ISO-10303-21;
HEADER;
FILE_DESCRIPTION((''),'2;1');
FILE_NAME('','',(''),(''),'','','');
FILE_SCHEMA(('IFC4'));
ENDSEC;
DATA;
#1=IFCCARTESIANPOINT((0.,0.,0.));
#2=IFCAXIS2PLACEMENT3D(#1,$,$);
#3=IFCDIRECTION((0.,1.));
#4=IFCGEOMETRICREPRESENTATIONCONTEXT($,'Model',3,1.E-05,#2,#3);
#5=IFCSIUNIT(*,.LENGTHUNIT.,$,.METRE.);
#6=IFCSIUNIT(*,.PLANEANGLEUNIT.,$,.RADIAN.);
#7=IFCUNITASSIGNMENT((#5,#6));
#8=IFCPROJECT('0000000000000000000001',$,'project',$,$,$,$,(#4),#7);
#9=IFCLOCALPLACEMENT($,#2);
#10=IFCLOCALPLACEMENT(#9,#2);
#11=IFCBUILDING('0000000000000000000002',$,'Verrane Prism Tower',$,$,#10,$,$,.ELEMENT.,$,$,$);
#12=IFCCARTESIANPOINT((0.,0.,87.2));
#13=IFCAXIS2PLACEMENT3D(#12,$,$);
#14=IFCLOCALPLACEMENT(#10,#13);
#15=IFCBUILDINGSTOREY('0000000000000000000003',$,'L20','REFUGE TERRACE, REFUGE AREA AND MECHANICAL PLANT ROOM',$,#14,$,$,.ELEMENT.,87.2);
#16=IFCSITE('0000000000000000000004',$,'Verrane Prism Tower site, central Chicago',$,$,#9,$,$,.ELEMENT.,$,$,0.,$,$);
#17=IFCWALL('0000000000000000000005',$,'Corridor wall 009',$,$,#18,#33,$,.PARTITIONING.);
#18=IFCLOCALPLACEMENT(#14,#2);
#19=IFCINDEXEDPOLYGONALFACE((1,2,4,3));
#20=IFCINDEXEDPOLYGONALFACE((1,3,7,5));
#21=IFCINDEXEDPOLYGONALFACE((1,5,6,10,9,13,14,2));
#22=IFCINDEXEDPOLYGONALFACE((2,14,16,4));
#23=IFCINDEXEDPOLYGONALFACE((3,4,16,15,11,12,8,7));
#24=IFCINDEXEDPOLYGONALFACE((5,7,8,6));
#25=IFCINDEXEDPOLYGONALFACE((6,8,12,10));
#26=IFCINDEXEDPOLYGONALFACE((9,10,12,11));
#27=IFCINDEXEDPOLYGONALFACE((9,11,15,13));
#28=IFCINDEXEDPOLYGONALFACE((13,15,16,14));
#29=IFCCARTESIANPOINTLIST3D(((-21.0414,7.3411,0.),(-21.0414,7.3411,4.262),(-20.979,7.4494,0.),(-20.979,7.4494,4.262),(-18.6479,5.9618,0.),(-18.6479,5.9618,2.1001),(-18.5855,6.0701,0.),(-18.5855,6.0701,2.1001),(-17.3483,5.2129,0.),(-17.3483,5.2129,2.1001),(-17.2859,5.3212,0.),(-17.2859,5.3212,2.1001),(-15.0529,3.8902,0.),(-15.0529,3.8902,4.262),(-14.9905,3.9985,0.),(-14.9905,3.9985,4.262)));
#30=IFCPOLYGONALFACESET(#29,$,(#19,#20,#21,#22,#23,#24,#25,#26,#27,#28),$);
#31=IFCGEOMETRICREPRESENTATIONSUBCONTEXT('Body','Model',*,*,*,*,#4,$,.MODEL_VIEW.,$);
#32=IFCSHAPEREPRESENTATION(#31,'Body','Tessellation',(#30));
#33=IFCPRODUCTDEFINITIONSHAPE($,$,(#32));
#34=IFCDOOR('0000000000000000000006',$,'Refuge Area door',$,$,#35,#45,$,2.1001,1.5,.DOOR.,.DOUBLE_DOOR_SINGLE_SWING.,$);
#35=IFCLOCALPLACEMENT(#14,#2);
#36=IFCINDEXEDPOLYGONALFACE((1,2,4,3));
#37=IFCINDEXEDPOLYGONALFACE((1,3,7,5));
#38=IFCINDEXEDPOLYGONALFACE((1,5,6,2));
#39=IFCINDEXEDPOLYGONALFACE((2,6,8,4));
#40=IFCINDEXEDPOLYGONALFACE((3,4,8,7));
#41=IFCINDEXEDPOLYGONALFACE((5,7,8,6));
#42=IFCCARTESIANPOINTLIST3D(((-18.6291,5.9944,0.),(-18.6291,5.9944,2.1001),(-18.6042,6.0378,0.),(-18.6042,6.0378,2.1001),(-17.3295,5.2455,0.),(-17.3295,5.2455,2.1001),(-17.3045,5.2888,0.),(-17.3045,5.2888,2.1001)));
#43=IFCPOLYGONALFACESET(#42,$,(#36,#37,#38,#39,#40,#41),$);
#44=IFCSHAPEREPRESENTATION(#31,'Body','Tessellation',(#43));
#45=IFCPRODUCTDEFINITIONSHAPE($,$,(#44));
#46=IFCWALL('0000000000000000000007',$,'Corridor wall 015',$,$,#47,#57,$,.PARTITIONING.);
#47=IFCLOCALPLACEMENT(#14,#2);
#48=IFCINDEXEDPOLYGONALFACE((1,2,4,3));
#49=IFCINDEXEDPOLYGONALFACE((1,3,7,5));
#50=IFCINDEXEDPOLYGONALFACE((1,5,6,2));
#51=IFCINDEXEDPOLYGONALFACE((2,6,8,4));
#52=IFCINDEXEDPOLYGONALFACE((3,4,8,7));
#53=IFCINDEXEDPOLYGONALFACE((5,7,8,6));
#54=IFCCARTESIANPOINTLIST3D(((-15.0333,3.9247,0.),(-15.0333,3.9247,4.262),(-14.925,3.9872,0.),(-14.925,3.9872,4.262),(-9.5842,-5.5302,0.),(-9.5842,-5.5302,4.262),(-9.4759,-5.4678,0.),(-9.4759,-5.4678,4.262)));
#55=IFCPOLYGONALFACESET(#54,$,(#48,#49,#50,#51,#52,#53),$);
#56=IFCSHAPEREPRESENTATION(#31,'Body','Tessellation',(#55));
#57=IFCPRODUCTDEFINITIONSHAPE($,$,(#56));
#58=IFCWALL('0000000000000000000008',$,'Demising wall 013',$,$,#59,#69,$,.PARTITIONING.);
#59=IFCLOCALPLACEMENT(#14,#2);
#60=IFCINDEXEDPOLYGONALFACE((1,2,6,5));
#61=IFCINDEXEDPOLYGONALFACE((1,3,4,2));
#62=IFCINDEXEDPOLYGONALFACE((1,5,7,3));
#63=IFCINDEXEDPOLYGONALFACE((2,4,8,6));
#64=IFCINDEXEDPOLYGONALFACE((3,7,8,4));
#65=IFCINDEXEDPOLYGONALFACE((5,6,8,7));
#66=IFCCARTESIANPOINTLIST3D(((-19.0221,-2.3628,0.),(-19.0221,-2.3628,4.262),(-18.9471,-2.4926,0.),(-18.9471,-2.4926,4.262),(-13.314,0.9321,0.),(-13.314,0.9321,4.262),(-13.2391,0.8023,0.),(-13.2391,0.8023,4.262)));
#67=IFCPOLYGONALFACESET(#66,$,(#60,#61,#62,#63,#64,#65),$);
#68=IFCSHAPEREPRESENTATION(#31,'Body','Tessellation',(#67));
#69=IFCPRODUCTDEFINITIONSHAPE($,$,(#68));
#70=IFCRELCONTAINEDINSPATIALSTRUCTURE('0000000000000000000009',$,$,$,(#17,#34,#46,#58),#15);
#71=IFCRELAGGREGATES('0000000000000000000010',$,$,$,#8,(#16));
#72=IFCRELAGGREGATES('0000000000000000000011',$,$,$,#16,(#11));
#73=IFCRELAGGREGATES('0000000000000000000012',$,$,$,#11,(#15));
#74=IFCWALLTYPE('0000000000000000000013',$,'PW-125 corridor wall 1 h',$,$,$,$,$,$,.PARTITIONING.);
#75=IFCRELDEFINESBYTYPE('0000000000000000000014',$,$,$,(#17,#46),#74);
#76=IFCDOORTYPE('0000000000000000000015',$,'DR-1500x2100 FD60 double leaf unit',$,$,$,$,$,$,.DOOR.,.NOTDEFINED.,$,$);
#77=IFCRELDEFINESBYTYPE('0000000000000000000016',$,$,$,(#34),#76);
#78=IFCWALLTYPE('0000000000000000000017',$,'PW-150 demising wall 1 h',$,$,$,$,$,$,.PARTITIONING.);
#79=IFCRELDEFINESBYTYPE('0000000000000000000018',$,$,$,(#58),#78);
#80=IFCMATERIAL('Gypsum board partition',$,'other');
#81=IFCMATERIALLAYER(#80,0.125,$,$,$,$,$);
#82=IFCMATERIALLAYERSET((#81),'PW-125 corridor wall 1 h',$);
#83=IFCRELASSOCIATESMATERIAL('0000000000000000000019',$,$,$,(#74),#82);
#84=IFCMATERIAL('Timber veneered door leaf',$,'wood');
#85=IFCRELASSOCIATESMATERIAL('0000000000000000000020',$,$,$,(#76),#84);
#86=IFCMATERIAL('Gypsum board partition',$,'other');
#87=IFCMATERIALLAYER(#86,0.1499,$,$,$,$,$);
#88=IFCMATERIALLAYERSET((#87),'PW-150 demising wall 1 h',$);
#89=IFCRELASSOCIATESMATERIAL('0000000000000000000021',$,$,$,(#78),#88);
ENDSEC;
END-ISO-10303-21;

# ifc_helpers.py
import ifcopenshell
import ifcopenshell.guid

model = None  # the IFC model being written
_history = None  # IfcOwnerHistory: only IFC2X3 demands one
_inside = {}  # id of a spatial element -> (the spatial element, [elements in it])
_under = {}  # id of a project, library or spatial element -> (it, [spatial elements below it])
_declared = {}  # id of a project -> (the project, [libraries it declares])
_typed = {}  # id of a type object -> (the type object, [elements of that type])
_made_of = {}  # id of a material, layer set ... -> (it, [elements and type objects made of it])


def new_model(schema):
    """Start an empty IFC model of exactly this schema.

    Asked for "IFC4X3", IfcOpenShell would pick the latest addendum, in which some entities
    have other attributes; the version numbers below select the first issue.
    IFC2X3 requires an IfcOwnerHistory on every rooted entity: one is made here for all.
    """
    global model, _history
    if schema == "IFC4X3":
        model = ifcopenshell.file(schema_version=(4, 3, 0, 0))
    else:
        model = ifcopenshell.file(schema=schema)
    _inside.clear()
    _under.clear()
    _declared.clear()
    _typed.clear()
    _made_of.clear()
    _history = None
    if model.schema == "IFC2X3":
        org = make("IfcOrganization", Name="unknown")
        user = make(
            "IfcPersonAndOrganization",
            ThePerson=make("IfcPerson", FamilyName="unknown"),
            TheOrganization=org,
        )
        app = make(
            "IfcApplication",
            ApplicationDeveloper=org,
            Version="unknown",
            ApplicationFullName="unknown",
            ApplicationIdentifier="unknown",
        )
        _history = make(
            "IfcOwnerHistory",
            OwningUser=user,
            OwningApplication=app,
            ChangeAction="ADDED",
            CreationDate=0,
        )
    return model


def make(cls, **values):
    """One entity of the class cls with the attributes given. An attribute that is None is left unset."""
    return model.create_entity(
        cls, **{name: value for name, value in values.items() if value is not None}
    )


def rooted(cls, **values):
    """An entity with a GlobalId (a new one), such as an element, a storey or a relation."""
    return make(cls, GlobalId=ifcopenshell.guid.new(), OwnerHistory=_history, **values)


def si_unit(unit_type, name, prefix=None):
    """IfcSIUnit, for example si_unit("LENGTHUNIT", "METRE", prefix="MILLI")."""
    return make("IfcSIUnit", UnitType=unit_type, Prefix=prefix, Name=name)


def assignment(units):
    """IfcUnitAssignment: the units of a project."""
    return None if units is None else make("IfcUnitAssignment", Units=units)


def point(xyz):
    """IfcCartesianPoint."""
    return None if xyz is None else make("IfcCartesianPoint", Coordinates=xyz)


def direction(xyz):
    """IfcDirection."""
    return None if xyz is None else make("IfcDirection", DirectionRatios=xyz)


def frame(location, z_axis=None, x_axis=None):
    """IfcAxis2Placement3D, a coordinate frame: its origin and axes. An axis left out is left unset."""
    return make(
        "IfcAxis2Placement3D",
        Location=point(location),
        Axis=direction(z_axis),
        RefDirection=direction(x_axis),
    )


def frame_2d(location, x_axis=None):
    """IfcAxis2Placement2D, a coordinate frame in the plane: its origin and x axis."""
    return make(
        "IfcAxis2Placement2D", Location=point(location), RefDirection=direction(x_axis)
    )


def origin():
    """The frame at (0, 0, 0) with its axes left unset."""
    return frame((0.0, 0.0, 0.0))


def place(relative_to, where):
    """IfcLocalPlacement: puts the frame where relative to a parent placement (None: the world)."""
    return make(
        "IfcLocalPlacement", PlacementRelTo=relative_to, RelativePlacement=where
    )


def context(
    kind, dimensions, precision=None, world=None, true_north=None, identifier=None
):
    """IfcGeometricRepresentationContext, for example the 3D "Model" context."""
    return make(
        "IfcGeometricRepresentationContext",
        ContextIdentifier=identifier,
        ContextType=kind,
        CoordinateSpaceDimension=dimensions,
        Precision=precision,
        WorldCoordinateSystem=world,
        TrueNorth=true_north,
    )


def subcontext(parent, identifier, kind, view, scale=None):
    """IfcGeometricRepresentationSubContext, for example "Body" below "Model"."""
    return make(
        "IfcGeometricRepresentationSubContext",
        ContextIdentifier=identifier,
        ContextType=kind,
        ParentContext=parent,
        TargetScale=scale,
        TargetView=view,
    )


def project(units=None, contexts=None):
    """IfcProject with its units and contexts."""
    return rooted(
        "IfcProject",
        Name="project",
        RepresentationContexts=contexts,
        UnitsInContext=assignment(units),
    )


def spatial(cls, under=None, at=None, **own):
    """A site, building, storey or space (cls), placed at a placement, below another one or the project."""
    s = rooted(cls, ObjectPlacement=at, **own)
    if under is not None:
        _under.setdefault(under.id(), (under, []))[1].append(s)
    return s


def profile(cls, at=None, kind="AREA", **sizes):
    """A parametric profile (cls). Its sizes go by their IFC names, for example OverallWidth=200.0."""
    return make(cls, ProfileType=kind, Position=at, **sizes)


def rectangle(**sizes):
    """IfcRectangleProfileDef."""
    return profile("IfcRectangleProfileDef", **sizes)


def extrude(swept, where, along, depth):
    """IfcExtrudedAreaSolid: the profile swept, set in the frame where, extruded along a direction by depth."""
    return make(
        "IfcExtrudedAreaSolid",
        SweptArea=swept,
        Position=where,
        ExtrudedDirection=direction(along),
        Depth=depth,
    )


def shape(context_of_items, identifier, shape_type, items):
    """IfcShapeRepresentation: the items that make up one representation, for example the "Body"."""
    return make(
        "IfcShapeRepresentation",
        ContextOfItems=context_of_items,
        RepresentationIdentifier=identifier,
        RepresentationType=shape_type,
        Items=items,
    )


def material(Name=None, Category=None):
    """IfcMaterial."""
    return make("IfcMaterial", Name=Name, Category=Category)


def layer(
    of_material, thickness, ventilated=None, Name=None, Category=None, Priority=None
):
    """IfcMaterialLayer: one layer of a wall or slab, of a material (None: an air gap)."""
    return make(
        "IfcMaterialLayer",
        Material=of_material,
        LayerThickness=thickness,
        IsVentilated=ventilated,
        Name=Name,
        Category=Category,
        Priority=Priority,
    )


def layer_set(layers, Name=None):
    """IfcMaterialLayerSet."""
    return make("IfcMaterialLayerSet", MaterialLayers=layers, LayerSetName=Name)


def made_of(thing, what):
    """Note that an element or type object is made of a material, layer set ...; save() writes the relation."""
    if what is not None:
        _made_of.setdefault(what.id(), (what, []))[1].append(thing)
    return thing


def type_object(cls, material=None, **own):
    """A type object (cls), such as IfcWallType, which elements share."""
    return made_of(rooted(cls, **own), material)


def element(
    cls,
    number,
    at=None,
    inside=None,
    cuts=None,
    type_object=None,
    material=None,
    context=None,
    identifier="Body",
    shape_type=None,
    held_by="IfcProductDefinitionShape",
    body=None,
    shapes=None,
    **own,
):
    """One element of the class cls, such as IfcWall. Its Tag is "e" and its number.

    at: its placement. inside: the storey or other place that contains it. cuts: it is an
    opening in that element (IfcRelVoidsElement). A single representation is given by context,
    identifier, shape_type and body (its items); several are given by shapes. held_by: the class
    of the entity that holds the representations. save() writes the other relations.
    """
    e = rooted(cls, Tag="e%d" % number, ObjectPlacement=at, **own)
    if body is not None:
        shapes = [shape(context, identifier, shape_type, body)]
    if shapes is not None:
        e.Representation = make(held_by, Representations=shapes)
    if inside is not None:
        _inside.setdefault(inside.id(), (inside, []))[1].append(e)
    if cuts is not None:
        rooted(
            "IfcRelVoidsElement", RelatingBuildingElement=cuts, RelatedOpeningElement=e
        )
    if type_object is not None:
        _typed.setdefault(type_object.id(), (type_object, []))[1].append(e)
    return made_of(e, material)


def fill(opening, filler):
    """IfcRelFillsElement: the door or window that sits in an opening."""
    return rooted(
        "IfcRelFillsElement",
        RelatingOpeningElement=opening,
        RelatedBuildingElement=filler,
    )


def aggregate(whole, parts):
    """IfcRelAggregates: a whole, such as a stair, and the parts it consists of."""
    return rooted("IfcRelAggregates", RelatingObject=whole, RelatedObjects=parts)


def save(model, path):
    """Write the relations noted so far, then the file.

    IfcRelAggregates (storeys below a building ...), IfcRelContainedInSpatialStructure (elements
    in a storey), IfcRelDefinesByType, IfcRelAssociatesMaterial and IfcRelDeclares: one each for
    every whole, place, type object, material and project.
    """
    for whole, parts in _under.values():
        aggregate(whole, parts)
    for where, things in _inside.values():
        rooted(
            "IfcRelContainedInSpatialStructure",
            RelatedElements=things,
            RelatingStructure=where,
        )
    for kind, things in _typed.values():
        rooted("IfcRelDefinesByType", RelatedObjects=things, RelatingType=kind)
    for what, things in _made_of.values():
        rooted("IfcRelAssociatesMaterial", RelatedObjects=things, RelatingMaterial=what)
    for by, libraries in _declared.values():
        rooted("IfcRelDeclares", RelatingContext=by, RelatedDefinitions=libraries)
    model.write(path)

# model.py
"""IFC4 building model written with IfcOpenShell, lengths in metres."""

from ifc_helpers import new_model, si_unit, direction, frame, frame_2d, origin, place, context, subcontext, project, spatial, rectangle, extrude, material, layer, layer_set, type_object, element, fill, save


model = new_model("IFC4")

# Units and contexts
model_context = context("Model", 3, precision=1e-05, world=origin(), true_north=direction((0.0, 1.0)))
body_context = subcontext(model_context, "Body", "Model", "MODEL_VIEW")
ifc_project = project(units=[si_unit("LENGTHUNIT", "METRE"), si_unit("PLANEANGLEUNIT", "RADIAN")], contexts=[model_context])

# Site, building, storey
site_placement = place(None, origin())
site = spatial("IfcSite", under=ifc_project, at=site_placement, Name="Verrane Prism Tower site, central Chicago", CompositionType="ELEMENT", RefElevation=0.0)
building_placement = place(site_placement, origin())
building = spatial("IfcBuilding", under=site, at=building_placement, Name="Verrane Prism Tower", CompositionType="ELEMENT")
storey_placement = place(building_placement, frame((0.0, 0.0, 87.2)))
storey = spatial("IfcBuildingStorey", under=building, at=storey_placement, Name="L20", Description="REFUGE TERRACE, REFUGE AREA AND MECHANICAL PLANT ROOM", CompositionType="ELEMENT", Elevation=87.2)

# Wall, opening, door
ifc_material_1 = material(Name="Gypsum board partition", Category="other")
ifc_layer_1 = layer(ifc_material_1, 0.125)
ifc_layer_set_1 = layer_set([ifc_layer_1], Name="PW-125 corridor wall 1 h")
wall_type_1 = type_object("IfcWallType", Name="PW-125 corridor wall 1 h", PredefinedType="PARTITIONING", material=ifc_layer_set_1)
wall_1_placement = place(storey_placement, frame((-15.0217, 3.9443, 0.0), z_axis=(0.0, 0.0, 1.0), x_axis=(-0.866435, 0.499289, 0.0)))
wall_1 = element("IfcWall", 1, at=wall_1_placement, inside=storey, type_object=wall_type_1, Name="Corridor wall 009", PredefinedType="PARTITIONING", context=body_context, shape_type="SweptSolid", body=[
    extrude(rectangle(XDim=6.9116, YDim=0.125, at=frame_2d((3.4558, 0.0))), origin(), (0.0, 0.0, 1.0), 4.262),
])
opening_1_placement = place(wall_1_placement, frame((2.6492, 0.0, 0.0)))
opening_1 = element("IfcOpeningElement", 2, at=opening_1_placement, cuts=wall_1, PredefinedType="OPENING", context=body_context, shape_type="SweptSolid", body=[
    extrude(rectangle(XDim=1.5, YDim=2.1001, at=frame_2d((0.75, 1.05))), frame((0.0, 0.0725, 0.0), z_axis=(0.0, -1.0, 0.0), x_axis=(1.0, 0.0, 0.0)), (0.0, 0.0, 1.0), 0.145),
])
ifc_material_2 = material(Name="Timber veneered door leaf", Category="wood")
door_type_1 = type_object("IfcDoorType", Name="DR-1500x2100 FD60 double leaf unit", OperationType="NOTDEFINED", PredefinedType="DOOR", material=ifc_material_2)
door_1_placement = place(opening_1_placement, origin())
door_1 = element("IfcDoor", 3, at=door_1_placement, inside=storey, type_object=door_type_1, Name="Refuge Area door", OperationType="DOUBLE_DOOR_SINGLE_SWING", OverallHeight=2.1001, OverallWidth=1.5, PredefinedType="DOOR", context=body_context, shape_type="SweptSolid", body=[
    extrude(rectangle(XDim=1.5, YDim=2.1001, at=frame_2d((0.75, 1.05))), frame((0.0, 0.0249, 0.0), z_axis=(0.0, -1.0, 0.0), x_axis=(1.0, 0.0, 0.0)), (0.0, 0.0, 1.0), 0.05),
])
fill(opening_1, door_1)

# Walls
wall_2_placement = place(storey_placement, frame((-14.9792, 3.9561, 0.0), z_axis=(0.0, 0.0, 1.0), x_axis=(0.499335, -0.866409, 0.0)))
element("IfcWall", 4, at=wall_2_placement, inside=storey, type_object=wall_type_1, Name="Corridor wall 015", PredefinedType="PARTITIONING", context=body_context, shape_type="SweptSolid", body=[
    extrude(rectangle(XDim=10.9128, YDim=0.125, at=frame_2d((5.4565, 0.0))), origin(), (0.0, 0.0, 1.0), 4.262),
])
ifc_material_3 = material(Name="Gypsum board partition", Category="other")
ifc_layer_2 = layer(ifc_material_3, 0.1499)
ifc_layer_set_2 = layer_set([ifc_layer_2], Name="PW-150 demising wall 1 h")
wall_type_2 = type_object("IfcWallType", Name="PW-150 demising wall 1 h", PredefinedType="PARTITIONING", material=ifc_layer_set_2)
wall_3_placement = place(storey_placement, frame((-18.9846, -2.4277, 0.0), z_axis=(0.0, 0.0, 1.0), x_axis=(0.866065, 0.499932, 0.0)))
element("IfcWall", 5, at=wall_3_placement, inside=storey, type_object=wall_type_2, Name="Demising wall 013", PredefinedType="PARTITIONING", context=body_context, shape_type="SweptSolid", body=[
    extrude(rectangle(XDim=6.5908, YDim=0.1499, at=frame_2d((3.2954, 0.0))), origin(), (0.0, 0.0, 1.0), 4.262),
])

save(model, "model.ifc")
